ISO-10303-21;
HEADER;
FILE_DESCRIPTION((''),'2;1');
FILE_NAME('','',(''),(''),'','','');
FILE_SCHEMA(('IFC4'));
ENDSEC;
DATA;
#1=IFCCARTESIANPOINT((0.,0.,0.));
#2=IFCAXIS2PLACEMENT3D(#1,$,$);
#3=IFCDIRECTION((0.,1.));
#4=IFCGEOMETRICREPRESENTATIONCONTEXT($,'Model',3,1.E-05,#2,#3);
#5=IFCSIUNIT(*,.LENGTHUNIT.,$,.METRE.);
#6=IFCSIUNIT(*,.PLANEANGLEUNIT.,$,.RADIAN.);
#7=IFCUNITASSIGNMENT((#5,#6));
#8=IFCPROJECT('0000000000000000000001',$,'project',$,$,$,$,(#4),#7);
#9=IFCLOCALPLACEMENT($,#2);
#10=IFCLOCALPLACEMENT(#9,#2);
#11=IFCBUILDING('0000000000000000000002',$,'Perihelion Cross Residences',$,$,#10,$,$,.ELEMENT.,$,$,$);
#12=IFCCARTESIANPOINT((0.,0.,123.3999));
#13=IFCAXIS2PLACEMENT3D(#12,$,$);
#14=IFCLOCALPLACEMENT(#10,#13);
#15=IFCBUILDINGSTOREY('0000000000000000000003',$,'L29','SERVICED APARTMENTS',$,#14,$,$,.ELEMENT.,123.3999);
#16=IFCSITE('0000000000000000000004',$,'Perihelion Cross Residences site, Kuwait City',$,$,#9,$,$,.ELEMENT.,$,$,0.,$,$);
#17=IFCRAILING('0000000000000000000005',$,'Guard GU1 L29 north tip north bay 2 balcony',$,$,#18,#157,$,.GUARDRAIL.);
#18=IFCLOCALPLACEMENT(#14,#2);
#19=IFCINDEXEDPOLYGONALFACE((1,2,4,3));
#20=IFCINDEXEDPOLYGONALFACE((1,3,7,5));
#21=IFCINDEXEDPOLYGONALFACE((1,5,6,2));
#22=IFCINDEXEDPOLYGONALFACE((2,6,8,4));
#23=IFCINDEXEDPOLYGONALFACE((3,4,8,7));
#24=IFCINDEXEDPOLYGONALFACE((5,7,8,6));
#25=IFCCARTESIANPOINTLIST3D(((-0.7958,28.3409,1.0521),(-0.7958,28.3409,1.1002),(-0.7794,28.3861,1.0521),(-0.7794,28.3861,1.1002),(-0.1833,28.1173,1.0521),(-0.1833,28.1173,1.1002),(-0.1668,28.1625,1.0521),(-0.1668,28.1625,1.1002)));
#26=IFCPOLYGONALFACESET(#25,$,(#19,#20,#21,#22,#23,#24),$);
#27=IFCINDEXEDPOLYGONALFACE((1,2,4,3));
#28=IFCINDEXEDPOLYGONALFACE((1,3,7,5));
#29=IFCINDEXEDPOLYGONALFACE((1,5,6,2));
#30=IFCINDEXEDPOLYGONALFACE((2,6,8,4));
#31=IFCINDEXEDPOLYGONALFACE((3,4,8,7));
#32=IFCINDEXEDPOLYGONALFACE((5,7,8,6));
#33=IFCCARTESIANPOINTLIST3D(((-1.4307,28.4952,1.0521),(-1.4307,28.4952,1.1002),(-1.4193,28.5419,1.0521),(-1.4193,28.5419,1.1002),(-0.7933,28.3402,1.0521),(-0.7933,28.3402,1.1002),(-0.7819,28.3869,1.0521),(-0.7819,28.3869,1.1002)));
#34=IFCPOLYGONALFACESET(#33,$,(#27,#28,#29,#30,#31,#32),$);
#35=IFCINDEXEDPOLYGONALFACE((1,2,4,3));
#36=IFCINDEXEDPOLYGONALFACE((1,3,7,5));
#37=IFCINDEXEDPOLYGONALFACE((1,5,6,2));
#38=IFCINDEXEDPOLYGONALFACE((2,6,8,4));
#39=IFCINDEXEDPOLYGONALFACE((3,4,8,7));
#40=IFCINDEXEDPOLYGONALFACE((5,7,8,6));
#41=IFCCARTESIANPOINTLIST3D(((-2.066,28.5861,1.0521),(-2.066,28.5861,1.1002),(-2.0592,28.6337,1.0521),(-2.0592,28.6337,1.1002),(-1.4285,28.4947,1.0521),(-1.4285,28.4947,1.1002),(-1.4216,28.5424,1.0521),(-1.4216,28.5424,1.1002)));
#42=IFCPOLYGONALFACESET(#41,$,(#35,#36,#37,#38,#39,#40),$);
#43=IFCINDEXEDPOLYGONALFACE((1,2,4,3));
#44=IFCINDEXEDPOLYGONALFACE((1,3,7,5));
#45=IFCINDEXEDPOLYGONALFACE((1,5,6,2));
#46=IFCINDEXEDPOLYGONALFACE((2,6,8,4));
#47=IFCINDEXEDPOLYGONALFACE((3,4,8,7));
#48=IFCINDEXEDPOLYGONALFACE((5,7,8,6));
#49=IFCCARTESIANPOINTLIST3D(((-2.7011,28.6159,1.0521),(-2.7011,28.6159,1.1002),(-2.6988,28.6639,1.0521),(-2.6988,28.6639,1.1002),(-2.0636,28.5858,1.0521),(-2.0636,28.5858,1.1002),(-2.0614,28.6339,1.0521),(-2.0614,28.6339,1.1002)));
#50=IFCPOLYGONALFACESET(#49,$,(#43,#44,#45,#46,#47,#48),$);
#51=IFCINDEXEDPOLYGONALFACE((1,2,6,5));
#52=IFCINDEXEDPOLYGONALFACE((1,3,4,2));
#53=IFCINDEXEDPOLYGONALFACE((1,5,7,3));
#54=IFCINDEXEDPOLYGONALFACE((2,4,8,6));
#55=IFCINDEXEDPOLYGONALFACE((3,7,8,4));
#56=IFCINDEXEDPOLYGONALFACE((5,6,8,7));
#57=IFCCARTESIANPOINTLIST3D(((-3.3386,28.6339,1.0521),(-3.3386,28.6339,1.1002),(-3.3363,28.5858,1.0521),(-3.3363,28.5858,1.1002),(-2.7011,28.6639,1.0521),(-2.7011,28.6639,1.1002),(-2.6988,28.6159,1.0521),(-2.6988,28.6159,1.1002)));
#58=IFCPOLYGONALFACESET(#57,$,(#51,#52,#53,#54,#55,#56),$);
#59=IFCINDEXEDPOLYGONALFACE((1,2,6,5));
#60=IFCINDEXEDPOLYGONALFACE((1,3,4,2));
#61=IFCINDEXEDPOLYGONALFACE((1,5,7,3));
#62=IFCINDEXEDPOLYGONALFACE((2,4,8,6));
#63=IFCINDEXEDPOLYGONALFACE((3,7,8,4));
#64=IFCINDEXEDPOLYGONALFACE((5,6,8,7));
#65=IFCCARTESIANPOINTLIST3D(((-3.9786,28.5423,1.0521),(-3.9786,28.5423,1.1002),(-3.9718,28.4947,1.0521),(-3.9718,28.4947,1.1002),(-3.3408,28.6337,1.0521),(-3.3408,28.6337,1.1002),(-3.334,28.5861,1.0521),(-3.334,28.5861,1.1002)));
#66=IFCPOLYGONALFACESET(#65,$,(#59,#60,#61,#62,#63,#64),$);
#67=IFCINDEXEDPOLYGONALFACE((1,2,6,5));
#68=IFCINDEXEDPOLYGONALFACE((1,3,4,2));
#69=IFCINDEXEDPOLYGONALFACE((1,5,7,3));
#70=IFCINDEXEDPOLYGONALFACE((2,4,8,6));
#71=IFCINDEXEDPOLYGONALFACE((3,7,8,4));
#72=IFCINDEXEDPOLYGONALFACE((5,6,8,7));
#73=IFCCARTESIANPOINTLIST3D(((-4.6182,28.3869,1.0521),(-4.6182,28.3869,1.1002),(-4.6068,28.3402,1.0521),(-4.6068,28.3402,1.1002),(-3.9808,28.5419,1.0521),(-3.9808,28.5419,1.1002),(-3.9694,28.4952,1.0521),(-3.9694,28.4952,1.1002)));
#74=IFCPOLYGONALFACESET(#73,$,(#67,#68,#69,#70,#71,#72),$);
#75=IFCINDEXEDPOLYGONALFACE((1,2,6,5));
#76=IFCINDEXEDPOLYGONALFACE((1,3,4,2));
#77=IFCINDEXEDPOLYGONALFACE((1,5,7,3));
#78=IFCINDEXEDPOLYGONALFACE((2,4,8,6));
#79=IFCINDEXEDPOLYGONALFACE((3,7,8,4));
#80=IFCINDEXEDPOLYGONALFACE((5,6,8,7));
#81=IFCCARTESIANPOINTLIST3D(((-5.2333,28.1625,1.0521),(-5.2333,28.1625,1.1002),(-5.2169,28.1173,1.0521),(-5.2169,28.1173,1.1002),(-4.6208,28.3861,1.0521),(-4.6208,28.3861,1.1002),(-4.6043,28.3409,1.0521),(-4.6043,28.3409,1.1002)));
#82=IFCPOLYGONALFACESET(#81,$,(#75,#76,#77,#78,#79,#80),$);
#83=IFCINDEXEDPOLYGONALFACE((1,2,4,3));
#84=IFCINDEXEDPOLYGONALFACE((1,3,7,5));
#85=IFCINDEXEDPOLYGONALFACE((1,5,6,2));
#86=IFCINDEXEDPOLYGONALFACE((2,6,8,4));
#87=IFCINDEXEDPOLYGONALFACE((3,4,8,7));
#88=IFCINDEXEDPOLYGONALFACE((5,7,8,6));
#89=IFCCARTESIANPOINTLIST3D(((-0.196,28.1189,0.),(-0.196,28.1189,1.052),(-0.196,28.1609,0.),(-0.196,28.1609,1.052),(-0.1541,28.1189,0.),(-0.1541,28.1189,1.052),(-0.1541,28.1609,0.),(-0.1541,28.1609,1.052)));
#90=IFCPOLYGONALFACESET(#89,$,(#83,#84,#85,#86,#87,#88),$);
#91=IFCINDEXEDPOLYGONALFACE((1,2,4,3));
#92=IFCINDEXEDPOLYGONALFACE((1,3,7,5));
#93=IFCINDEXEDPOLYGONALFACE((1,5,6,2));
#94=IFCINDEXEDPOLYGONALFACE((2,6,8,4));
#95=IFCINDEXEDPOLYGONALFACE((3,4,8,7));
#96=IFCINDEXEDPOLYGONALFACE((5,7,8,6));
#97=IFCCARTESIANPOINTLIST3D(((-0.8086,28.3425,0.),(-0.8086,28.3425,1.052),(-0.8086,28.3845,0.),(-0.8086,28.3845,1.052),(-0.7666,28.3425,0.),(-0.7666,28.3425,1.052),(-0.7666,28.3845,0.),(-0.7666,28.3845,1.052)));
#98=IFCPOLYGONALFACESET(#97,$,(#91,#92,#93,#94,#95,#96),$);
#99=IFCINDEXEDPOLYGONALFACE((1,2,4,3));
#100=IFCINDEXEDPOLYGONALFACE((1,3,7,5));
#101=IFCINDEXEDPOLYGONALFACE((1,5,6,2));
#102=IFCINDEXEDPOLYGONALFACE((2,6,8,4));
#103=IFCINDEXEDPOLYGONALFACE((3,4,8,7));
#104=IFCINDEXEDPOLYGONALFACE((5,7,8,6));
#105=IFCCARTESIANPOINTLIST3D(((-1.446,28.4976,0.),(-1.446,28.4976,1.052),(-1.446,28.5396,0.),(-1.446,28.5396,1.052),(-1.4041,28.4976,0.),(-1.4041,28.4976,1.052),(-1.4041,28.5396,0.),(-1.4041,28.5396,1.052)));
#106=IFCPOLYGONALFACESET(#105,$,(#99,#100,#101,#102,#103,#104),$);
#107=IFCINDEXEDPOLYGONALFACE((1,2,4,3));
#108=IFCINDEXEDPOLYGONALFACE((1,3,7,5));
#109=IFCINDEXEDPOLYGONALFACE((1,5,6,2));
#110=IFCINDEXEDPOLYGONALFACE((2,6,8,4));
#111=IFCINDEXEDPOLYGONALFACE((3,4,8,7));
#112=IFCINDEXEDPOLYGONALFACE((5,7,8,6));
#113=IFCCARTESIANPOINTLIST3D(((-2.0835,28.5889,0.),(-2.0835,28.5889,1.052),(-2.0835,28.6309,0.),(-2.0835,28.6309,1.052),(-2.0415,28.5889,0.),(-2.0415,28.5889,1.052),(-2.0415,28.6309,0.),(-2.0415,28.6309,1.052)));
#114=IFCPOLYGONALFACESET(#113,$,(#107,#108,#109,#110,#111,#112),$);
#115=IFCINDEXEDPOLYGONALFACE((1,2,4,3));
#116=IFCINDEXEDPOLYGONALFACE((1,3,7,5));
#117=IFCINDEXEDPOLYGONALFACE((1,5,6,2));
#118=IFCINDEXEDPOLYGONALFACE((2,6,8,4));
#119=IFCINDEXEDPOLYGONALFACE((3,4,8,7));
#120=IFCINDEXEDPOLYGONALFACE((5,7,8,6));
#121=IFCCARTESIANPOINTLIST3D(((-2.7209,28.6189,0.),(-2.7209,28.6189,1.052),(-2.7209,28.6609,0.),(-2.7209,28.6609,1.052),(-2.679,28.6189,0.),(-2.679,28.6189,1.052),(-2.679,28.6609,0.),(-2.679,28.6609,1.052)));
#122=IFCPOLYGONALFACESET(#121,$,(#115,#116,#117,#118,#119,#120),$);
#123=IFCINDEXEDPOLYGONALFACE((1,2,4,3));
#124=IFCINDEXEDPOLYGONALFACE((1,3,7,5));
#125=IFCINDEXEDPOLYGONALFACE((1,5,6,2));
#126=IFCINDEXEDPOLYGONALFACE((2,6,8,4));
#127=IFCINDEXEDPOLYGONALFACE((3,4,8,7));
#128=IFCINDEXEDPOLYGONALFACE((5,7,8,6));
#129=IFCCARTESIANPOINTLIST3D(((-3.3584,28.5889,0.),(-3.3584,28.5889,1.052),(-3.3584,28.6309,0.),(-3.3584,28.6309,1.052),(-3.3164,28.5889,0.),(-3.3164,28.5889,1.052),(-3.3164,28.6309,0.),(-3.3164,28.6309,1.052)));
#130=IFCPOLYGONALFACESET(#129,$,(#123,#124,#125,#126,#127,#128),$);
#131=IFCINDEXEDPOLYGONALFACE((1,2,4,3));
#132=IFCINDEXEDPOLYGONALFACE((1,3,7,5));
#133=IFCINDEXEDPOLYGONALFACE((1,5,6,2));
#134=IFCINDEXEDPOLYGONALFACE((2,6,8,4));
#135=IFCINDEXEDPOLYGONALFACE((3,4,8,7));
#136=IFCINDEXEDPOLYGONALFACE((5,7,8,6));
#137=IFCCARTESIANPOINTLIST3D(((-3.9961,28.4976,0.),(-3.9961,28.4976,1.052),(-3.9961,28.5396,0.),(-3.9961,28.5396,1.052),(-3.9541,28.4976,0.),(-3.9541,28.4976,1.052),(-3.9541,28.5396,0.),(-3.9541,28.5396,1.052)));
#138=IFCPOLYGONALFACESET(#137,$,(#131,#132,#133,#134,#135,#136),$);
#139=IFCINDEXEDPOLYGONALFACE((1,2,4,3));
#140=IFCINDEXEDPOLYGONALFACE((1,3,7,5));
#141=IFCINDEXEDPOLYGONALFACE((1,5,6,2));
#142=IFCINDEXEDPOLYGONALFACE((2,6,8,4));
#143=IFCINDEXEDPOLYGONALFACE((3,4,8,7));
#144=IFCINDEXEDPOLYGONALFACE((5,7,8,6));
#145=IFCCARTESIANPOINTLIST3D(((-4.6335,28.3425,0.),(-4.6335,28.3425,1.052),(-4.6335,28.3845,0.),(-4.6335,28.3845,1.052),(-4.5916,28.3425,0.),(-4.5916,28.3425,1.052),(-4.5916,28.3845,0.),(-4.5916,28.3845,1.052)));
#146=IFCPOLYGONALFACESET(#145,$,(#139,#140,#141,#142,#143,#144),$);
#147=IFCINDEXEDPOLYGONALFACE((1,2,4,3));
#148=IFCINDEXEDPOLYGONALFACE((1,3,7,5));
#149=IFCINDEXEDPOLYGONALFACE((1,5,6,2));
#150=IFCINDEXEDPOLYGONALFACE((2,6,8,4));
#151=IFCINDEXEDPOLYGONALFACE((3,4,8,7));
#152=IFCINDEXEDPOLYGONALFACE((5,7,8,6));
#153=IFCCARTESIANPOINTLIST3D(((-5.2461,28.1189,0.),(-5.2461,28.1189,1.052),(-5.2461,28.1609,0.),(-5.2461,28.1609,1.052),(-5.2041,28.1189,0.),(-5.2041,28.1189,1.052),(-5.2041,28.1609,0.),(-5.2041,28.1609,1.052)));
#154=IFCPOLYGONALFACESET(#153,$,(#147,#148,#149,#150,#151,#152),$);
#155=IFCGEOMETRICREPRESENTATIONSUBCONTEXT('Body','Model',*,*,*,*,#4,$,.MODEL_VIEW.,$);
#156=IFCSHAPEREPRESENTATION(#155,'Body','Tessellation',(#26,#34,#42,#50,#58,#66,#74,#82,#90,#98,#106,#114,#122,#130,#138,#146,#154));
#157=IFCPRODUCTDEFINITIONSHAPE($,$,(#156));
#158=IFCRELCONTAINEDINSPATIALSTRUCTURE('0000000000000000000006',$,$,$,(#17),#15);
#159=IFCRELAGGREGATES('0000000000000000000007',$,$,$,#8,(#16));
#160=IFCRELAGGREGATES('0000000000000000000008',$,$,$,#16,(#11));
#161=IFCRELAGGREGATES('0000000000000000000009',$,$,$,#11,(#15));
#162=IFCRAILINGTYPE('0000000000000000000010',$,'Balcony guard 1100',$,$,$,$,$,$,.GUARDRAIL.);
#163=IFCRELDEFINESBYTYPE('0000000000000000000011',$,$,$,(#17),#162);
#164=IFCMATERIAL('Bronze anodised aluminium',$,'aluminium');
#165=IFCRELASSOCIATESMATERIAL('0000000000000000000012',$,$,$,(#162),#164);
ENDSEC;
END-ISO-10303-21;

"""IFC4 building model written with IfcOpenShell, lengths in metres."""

from ifc_helpers import new_model, si_unit, direction, frame, origin, origin_2d, place, context, subcontext, project, spatial, rectangle, extrude, material, type_object, element, save


model = new_model("IFC4")

# Units and contexts
model_context = context("Model", 3, precision=1e-05, world=origin(), true_north=direction((0.0, 1.0)))
body_context = subcontext(model_context, "Body", "Model", "MODEL_VIEW")
ifc_project = project(units=[si_unit("LENGTHUNIT", "METRE"), si_unit("PLANEANGLEUNIT", "RADIAN")], contexts=[model_context])

# Site, building, storey
site_placement = place(None, origin())
site = spatial("IfcSite", under=ifc_project, at=site_placement, Name="Perihelion Cross Residences site, Kuwait City", CompositionType="ELEMENT", RefElevation=0.0)
building_placement = place(site_placement, origin())
building = spatial("IfcBuilding", under=site, at=building_placement, Name="Perihelion Cross Residences", CompositionType="ELEMENT")
storey_placement = place(building_placement, frame((0.0, 0.0, 123.3999)))
storey = spatial("IfcBuildingStorey", under=building, at=storey_placement, Name="L29", Description="SERVICED APARTMENTS", CompositionType="ELEMENT", Elevation=123.3999)

# Railing
ifc_material_1 = material(Name="Bronze anodised aluminium", Category="aluminium")
railing_type = type_object("IfcRailingType", Name="Balcony guard 1100", PredefinedType="GUARDRAIL", material=ifc_material_1)
railing_placement = place(storey_placement, frame((-0.175, 28.1399, 0.0)))
element("IfcRailing", 1, at=railing_placement, inside=storey, type_object=railing_type, Name="Guard GU1 L29 north tip north bay 2 balcony", PredefinedType="GUARDRAIL", context=body_context, shape_type="SweptSolid", body=[
    extrude(rectangle(XDim=0.0481, YDim=0.0481, at=origin_2d()), frame((0.0, 0.0, 1.0762), z_axis=(-0.939355, 0.342945, 0.0), x_axis=(-0.342945, -0.939355, 0.0)), (0.0, 0.0, 1.0), 0.6521),
    extrude(rectangle(XDim=0.0481, YDim=0.0481, at=origin_2d()), frame((-0.6125, 0.2236, 1.0762), z_axis=(-0.971677, 0.236314, 0.0), x_axis=(-0.236314, -0.971677, 0.0)), (0.0, 0.0, 1.0), 0.656),
    extrude(rectangle(XDim=0.0481, YDim=0.0481, at=origin_2d()), frame((-1.25, 0.3787, 1.0762), z_axis=(-0.989896, 0.141793, 0.0), x_axis=(-0.141793, -0.989896, 0.0)), (0.0, 0.0, 1.0), 0.644),
    extrude(rectangle(XDim=0.0481, YDim=0.0481, at=origin_2d()), frame((-1.8875, 0.47, 1.0762), z_axis=(-0.998892, 0.047056, 0.0), x_axis=(-0.047056, -0.998892, 0.0)), (0.0, 0.0, 1.0), 0.6382),
    extrude(rectangle(XDim=0.0481, YDim=0.0481, at=origin_2d()), frame((-2.5249, 0.5, 1.0762), z_axis=(-0.998892, -0.047056, 0.0), x_axis=(0.047056, -0.998892, 0.0)), (0.0, 0.0, 1.0), 0.6382),
    extrude(rectangle(XDim=0.0481, YDim=0.0481, at=origin_2d()), frame((-3.1624, 0.47, 1.0762), z_axis=(-0.989904, -0.14174, 0.0), x_axis=(0.14174, -0.989904, 0.0)), (0.0, 0.0, 1.0), 0.6443),
    extrude(rectangle(XDim=0.0481, YDim=0.0481, at=origin_2d()), frame((-3.8, 0.3787, 1.0762), z_axis=(-0.971677, -0.236314, 0.0), x_axis=(0.236314, -0.971677, 0.0)), (0.0, 0.0, 1.0), 0.656),
    extrude(rectangle(XDim=0.0481, YDim=0.0481, at=origin_2d()), frame((-4.4375, 0.2236, 1.0762), z_axis=(-0.939355, -0.342945, 0.0), x_axis=(0.342945, -0.939355, 0.0)), (0.0, 0.0, 1.0), 0.6521),
    extrude(rectangle(XDim=0.042, YDim=0.042, at=origin_2d()), origin(), (0.0, 0.0, 1.0), 1.052),
    extrude(rectangle(XDim=0.042, YDim=0.042, at=origin_2d()), frame((-0.6125, 0.2236, 0.0)), (0.0, 0.0, 1.0), 1.052),
    extrude(rectangle(XDim=0.042, YDim=0.042, at=origin_2d()), frame((-1.25, 0.3787, 0.0)), (0.0, 0.0, 1.0), 1.052),
    extrude(rectangle(XDim=0.042, YDim=0.042, at=origin_2d()), frame((-1.8875, 0.47, 0.0)), (0.0, 0.0, 1.0), 1.052),
    extrude(rectangle(XDim=0.042, YDim=0.042, at=origin_2d()), frame((-2.5249, 0.5, 0.0)), (0.0, 0.0, 1.0), 1.052),
    extrude(rectangle(XDim=0.042, YDim=0.042, at=origin_2d()), frame((-3.1624, 0.47, 0.0)), (0.0, 0.0, 1.0), 1.052),
    extrude(rectangle(XDim=0.042, YDim=0.042, at=origin_2d()), frame((-3.8, 0.3787, 0.0)), (0.0, 0.0, 1.0), 1.052),
    extrude(rectangle(XDim=0.042, YDim=0.042, at=origin_2d()), frame((-4.4375, 0.2236, 0.0)), (0.0, 0.0, 1.0), 1.052),
    extrude(rectangle(XDim=0.042, YDim=0.042, at=origin_2d()), frame((-5.05, 0.0, 0.0)), (0.0, 0.0, 1.0), 1.052),
])

save(model, "model.ifc")
